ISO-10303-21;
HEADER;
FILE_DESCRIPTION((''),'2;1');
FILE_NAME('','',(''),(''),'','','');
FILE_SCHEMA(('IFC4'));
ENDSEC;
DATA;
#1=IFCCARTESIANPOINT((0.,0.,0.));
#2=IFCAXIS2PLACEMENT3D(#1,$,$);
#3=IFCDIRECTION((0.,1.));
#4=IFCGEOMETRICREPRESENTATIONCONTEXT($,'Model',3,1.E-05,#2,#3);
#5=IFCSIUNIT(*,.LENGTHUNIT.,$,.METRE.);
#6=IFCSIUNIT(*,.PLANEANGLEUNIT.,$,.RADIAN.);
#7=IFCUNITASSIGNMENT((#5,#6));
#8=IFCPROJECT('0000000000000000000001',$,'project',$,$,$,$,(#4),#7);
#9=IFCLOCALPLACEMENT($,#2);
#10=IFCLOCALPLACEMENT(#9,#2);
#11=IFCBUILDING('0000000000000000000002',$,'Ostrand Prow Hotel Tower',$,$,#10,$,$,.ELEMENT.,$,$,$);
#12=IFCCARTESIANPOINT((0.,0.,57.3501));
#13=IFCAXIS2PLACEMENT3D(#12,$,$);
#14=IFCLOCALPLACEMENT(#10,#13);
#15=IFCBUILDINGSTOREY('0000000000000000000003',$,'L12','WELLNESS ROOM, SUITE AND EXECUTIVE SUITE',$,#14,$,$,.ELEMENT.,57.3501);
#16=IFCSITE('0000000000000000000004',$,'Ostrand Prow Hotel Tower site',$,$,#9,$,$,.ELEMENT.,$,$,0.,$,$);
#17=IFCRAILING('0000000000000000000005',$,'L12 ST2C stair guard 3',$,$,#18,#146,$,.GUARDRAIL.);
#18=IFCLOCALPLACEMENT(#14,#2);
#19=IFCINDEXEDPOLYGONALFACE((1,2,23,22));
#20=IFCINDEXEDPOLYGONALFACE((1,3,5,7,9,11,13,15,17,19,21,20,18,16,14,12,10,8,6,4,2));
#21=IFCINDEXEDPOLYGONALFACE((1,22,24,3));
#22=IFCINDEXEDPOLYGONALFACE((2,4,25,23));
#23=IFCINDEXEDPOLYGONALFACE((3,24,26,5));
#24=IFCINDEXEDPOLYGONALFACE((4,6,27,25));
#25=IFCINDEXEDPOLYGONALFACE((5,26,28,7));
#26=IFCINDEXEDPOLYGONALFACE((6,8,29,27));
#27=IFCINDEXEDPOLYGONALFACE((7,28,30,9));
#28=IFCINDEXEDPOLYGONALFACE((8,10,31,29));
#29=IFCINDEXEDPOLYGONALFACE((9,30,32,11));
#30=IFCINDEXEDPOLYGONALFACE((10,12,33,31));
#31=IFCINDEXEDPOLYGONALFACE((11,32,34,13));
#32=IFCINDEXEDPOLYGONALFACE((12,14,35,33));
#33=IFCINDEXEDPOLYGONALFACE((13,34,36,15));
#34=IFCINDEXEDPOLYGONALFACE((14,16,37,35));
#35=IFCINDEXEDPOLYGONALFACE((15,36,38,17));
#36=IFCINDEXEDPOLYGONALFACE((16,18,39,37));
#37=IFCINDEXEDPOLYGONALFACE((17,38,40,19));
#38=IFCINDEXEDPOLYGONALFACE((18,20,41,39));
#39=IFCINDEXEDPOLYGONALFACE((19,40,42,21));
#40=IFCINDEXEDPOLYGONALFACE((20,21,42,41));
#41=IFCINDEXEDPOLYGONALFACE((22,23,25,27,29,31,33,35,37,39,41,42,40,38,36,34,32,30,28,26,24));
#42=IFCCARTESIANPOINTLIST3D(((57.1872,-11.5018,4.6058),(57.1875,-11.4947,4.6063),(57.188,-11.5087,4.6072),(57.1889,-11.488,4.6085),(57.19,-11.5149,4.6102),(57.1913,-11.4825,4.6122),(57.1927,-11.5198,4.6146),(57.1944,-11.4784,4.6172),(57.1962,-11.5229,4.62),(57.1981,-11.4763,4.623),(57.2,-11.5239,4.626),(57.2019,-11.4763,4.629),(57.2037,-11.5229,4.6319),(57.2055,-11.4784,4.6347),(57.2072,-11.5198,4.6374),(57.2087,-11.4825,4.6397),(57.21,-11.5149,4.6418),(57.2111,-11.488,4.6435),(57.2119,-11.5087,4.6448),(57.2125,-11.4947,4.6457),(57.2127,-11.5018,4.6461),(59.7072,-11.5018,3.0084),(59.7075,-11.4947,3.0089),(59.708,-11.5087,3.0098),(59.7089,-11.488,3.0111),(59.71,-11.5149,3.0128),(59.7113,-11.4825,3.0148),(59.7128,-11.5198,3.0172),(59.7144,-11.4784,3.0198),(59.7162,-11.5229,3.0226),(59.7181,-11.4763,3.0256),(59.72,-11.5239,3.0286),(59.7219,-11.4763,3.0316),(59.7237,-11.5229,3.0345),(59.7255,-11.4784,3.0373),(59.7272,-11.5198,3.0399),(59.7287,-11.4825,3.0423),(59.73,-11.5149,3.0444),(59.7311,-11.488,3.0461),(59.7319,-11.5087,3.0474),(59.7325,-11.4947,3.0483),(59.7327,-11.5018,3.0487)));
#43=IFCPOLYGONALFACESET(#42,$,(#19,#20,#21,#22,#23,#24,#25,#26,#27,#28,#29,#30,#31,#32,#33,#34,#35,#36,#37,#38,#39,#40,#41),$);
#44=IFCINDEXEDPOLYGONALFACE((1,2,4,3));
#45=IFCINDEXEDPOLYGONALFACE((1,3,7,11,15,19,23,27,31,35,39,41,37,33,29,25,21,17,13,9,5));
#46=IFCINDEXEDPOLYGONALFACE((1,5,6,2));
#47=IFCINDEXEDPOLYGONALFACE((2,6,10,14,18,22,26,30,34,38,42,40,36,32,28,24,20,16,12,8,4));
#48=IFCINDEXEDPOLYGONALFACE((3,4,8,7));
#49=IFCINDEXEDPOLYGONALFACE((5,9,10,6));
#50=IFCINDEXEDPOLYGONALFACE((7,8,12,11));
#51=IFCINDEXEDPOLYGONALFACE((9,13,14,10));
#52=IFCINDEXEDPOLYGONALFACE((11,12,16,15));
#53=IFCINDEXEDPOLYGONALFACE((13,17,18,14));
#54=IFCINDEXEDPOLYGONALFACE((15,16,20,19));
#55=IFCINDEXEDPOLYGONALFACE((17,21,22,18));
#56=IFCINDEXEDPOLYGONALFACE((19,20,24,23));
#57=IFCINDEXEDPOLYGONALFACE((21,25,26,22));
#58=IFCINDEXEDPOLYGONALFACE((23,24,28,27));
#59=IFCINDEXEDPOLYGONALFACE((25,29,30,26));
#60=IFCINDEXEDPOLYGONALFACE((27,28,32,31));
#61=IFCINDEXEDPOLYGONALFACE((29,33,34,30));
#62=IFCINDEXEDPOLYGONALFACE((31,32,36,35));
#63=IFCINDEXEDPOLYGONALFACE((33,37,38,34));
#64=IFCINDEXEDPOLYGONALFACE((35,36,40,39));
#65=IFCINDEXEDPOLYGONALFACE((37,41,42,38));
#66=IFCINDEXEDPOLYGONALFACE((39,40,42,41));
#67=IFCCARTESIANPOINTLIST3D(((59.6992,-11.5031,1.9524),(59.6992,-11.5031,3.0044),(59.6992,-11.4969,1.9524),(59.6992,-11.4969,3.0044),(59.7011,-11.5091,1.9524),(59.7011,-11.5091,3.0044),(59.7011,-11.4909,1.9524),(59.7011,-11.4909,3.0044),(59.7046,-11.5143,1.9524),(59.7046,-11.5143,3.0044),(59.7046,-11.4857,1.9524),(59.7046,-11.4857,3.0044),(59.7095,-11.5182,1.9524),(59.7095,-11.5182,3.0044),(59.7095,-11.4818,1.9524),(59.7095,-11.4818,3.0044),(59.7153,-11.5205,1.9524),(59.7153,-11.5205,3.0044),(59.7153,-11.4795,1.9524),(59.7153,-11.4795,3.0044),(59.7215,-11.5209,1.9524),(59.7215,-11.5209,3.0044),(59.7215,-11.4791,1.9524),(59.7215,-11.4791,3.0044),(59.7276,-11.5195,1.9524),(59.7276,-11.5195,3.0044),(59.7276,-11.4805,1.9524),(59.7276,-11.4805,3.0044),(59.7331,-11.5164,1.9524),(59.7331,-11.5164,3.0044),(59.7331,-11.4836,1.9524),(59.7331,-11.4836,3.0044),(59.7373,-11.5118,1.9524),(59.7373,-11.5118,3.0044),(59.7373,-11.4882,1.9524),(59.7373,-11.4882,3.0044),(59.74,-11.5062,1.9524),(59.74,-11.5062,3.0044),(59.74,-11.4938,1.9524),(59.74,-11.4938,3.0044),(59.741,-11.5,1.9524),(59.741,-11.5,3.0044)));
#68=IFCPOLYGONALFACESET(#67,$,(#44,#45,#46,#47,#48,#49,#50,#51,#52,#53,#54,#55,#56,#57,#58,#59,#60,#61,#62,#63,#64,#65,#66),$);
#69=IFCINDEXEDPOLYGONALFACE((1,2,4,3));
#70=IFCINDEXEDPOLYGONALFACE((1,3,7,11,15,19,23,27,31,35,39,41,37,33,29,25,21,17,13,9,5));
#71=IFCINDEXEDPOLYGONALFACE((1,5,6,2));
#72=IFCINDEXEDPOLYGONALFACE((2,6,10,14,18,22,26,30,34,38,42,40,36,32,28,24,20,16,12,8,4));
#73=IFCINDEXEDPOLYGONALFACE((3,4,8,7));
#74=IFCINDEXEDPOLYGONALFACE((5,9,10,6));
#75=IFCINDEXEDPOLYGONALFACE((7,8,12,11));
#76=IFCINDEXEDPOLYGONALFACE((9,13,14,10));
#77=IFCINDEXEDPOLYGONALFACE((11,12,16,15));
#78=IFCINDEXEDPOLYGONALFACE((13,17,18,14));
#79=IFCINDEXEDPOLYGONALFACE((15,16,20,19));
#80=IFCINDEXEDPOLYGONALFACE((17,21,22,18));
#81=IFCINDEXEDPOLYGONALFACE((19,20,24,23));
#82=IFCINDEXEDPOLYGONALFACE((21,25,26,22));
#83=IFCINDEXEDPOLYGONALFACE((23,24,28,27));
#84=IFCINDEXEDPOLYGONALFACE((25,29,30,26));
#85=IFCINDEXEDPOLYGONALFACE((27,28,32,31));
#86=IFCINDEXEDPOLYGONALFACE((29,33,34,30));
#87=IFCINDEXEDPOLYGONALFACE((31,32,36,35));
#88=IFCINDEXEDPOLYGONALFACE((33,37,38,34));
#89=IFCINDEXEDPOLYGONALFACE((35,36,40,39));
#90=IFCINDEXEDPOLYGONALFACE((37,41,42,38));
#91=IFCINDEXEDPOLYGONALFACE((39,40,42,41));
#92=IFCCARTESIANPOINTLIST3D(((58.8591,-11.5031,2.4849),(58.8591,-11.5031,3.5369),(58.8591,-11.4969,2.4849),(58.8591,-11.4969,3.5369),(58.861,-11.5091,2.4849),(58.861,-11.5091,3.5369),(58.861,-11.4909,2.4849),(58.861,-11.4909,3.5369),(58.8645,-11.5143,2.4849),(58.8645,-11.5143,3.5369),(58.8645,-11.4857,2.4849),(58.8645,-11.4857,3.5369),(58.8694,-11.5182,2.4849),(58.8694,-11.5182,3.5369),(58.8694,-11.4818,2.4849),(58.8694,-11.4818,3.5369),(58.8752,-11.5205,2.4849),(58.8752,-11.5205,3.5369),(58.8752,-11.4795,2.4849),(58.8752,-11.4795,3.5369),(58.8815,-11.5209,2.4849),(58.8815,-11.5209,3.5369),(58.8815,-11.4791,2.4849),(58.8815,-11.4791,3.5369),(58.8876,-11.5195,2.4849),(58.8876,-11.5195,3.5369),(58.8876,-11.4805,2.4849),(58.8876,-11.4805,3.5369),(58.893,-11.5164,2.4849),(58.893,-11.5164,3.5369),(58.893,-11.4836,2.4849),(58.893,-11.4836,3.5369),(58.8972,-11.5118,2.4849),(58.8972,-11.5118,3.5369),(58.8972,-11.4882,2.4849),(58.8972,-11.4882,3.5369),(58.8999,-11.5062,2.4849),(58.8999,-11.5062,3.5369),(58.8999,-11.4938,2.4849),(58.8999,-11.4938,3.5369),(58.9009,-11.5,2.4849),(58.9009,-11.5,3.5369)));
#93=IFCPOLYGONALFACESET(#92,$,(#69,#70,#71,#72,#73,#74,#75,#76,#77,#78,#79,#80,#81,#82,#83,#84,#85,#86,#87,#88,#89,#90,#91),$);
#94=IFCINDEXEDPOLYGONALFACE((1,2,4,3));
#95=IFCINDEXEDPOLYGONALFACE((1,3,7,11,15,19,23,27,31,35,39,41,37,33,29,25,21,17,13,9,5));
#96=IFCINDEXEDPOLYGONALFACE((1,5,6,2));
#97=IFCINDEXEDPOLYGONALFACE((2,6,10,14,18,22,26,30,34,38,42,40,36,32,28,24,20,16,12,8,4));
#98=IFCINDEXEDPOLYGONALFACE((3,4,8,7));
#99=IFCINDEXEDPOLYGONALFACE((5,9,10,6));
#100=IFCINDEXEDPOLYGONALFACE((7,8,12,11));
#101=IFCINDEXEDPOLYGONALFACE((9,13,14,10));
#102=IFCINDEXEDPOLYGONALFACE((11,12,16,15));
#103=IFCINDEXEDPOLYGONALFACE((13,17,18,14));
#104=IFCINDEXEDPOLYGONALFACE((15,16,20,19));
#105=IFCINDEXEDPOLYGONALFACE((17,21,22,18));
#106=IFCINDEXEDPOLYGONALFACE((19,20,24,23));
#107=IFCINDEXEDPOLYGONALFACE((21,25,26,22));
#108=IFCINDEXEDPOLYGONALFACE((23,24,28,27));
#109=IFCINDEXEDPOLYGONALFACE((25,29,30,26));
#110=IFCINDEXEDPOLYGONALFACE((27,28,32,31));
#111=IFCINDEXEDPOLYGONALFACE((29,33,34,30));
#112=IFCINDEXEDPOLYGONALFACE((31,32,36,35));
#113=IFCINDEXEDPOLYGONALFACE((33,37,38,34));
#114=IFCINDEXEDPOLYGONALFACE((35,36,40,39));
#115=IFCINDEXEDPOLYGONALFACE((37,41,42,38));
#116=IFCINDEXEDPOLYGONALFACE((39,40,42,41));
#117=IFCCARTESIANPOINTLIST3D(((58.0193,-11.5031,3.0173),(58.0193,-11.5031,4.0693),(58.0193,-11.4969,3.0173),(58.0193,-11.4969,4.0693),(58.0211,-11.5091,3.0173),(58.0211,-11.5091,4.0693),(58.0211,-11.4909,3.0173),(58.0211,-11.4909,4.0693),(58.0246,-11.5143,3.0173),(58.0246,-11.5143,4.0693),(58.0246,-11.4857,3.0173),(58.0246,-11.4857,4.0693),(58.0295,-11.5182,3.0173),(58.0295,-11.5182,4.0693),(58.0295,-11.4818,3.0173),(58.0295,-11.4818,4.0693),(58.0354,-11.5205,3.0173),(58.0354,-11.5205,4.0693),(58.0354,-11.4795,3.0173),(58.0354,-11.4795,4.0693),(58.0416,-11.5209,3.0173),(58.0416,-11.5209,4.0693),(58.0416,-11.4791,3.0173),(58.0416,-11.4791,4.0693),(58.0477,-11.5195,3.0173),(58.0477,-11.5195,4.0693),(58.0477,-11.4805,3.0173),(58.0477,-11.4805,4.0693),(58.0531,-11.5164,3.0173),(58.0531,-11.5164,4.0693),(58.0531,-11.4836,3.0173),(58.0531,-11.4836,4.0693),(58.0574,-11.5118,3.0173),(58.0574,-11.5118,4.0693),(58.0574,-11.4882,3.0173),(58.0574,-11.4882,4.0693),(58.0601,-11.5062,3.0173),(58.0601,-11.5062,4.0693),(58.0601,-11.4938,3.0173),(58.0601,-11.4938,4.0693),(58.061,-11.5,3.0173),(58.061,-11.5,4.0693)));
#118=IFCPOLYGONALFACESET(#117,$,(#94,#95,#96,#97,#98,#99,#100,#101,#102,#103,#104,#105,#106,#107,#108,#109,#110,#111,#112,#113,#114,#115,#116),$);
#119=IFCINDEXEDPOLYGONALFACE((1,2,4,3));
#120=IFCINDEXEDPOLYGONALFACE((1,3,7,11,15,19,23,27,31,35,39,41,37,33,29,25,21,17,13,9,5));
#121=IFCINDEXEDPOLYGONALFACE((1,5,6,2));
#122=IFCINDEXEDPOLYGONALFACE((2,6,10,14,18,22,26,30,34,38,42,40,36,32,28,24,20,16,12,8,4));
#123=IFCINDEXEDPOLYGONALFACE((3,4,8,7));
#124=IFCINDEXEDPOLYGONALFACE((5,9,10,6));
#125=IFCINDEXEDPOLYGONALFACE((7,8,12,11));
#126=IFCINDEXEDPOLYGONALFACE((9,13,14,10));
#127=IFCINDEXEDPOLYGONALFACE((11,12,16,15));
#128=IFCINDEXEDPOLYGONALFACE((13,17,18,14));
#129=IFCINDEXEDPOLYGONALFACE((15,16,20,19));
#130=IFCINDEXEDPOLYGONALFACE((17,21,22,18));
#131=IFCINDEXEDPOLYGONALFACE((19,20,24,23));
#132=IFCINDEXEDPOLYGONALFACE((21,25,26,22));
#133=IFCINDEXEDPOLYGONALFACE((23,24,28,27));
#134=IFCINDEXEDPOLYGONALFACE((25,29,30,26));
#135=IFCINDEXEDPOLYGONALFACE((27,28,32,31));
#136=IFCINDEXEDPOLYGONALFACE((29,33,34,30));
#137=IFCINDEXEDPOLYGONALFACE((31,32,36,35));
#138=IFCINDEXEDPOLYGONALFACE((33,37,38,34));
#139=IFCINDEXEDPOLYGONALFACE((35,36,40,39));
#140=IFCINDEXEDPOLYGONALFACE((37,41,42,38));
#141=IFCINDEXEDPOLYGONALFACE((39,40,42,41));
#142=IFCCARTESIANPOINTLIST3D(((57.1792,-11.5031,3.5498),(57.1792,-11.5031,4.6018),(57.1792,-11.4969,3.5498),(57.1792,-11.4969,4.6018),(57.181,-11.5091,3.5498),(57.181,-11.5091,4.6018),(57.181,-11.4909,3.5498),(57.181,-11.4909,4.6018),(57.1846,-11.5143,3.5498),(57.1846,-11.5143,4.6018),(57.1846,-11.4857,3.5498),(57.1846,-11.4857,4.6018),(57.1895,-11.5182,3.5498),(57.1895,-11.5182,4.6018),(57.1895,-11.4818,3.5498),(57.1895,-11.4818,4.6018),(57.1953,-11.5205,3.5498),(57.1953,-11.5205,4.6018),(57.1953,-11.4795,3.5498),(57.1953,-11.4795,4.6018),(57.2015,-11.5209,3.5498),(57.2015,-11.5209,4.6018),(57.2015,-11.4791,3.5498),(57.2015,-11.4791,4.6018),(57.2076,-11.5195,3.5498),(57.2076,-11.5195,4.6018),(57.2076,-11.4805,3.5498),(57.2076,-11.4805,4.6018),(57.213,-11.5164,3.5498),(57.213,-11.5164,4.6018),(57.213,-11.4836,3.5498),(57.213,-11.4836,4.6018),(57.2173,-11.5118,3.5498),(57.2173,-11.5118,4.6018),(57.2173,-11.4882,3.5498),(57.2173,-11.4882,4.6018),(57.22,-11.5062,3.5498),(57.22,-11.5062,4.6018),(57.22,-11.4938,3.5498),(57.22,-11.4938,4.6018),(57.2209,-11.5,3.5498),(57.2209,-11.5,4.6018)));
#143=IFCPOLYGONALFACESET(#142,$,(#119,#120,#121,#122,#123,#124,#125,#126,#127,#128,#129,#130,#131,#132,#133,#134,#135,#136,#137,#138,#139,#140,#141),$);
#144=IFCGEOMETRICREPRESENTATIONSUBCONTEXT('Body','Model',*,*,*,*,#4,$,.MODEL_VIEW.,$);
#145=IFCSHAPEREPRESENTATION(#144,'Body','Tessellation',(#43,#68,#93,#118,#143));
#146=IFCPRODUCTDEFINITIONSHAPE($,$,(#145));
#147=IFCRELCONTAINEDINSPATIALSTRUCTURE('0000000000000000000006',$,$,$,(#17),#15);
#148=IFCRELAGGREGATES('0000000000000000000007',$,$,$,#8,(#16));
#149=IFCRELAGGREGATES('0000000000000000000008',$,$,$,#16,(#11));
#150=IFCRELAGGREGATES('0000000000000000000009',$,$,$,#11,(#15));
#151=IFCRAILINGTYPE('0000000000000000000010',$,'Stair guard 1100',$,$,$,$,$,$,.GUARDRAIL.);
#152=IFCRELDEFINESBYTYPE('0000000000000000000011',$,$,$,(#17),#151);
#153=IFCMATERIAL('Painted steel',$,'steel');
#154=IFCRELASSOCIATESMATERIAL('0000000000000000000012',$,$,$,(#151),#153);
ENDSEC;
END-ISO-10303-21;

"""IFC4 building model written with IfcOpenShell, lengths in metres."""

from ifc_helpers import new_model, si_unit, direction, frame, origin, origin_2d, place, context, subcontext, project, spatial, circle, extrude, material, type_object, element, save


model = new_model("IFC4")

# Units and contexts
model_context = context("Model", 3, precision=1e-05, world=origin(), true_north=direction((0.0, 1.0)))
body_context = subcontext(model_context, "Body", "Model", "MODEL_VIEW")
ifc_project = project(units=[si_unit("LENGTHUNIT", "METRE"), si_unit("PLANEANGLEUNIT", "RADIAN")], contexts=[model_context])

# Site, building, storey
site_placement = place(None, origin())
site = spatial("IfcSite", under=ifc_project, at=site_placement, Name="Ostrand Prow Hotel Tower site", CompositionType="ELEMENT", RefElevation=0.0)
building_placement = place(site_placement, origin())
building = spatial("IfcBuilding", under=site, at=building_placement, Name="Ostrand Prow Hotel Tower", CompositionType="ELEMENT")
storey_placement = place(building_placement, frame((0.0, 0.0, 57.3501)))
storey = spatial("IfcBuildingStorey", under=building, at=storey_placement, Name="L12", Description="WELLNESS ROOM, SUITE AND EXECUTIVE SUITE", CompositionType="ELEMENT", Elevation=57.3501)

# Railing
ifc_material_1 = material(Name="Painted steel", Category="steel")
railing_type_1 = type_object("IfcRailingType", Name="Stair guard 1100", PredefinedType="GUARDRAIL", material=ifc_material_1)
railing_1_placement = place(storey_placement, frame((59.72, -11.5, 1.9524)))
element("IfcRailing", 1, at=railing_1_placement, inside=storey, type_object=railing_type_1, Name="L12 ST2C stair guard 3", PredefinedType="GUARDRAIL", context=body_context, shape_type="SweptSolid", body=[
    extrude(circle(Radius=0.0239, at=origin_2d()), frame((0.0, 0.0, 1.0762), z_axis=(-0.844607, 0.0, 0.535387), x_axis=(0.0, -1.0, 0.0)), (0.0, 0.0, 1.0), 2.9836),
    extrude(circle(Radius=0.021, at=origin_2d()), origin(), (0.0, 0.0, 1.0), 1.052),
    extrude(circle(Radius=0.021, at=origin_2d()), frame((-0.8401, 0.0, 0.5325)), (0.0, 0.0, 1.0), 1.052),
    extrude(circle(Radius=0.021, at=origin_2d()), frame((-1.6799, 0.0, 1.0649)), (0.0, 0.0, 1.0), 1.052),
    extrude(circle(Radius=0.021, at=origin_2d()), frame((-2.52, 0.0, 1.5974)), (0.0, 0.0, 1.0), 1.052),
])

save(model, "model.ifc")
